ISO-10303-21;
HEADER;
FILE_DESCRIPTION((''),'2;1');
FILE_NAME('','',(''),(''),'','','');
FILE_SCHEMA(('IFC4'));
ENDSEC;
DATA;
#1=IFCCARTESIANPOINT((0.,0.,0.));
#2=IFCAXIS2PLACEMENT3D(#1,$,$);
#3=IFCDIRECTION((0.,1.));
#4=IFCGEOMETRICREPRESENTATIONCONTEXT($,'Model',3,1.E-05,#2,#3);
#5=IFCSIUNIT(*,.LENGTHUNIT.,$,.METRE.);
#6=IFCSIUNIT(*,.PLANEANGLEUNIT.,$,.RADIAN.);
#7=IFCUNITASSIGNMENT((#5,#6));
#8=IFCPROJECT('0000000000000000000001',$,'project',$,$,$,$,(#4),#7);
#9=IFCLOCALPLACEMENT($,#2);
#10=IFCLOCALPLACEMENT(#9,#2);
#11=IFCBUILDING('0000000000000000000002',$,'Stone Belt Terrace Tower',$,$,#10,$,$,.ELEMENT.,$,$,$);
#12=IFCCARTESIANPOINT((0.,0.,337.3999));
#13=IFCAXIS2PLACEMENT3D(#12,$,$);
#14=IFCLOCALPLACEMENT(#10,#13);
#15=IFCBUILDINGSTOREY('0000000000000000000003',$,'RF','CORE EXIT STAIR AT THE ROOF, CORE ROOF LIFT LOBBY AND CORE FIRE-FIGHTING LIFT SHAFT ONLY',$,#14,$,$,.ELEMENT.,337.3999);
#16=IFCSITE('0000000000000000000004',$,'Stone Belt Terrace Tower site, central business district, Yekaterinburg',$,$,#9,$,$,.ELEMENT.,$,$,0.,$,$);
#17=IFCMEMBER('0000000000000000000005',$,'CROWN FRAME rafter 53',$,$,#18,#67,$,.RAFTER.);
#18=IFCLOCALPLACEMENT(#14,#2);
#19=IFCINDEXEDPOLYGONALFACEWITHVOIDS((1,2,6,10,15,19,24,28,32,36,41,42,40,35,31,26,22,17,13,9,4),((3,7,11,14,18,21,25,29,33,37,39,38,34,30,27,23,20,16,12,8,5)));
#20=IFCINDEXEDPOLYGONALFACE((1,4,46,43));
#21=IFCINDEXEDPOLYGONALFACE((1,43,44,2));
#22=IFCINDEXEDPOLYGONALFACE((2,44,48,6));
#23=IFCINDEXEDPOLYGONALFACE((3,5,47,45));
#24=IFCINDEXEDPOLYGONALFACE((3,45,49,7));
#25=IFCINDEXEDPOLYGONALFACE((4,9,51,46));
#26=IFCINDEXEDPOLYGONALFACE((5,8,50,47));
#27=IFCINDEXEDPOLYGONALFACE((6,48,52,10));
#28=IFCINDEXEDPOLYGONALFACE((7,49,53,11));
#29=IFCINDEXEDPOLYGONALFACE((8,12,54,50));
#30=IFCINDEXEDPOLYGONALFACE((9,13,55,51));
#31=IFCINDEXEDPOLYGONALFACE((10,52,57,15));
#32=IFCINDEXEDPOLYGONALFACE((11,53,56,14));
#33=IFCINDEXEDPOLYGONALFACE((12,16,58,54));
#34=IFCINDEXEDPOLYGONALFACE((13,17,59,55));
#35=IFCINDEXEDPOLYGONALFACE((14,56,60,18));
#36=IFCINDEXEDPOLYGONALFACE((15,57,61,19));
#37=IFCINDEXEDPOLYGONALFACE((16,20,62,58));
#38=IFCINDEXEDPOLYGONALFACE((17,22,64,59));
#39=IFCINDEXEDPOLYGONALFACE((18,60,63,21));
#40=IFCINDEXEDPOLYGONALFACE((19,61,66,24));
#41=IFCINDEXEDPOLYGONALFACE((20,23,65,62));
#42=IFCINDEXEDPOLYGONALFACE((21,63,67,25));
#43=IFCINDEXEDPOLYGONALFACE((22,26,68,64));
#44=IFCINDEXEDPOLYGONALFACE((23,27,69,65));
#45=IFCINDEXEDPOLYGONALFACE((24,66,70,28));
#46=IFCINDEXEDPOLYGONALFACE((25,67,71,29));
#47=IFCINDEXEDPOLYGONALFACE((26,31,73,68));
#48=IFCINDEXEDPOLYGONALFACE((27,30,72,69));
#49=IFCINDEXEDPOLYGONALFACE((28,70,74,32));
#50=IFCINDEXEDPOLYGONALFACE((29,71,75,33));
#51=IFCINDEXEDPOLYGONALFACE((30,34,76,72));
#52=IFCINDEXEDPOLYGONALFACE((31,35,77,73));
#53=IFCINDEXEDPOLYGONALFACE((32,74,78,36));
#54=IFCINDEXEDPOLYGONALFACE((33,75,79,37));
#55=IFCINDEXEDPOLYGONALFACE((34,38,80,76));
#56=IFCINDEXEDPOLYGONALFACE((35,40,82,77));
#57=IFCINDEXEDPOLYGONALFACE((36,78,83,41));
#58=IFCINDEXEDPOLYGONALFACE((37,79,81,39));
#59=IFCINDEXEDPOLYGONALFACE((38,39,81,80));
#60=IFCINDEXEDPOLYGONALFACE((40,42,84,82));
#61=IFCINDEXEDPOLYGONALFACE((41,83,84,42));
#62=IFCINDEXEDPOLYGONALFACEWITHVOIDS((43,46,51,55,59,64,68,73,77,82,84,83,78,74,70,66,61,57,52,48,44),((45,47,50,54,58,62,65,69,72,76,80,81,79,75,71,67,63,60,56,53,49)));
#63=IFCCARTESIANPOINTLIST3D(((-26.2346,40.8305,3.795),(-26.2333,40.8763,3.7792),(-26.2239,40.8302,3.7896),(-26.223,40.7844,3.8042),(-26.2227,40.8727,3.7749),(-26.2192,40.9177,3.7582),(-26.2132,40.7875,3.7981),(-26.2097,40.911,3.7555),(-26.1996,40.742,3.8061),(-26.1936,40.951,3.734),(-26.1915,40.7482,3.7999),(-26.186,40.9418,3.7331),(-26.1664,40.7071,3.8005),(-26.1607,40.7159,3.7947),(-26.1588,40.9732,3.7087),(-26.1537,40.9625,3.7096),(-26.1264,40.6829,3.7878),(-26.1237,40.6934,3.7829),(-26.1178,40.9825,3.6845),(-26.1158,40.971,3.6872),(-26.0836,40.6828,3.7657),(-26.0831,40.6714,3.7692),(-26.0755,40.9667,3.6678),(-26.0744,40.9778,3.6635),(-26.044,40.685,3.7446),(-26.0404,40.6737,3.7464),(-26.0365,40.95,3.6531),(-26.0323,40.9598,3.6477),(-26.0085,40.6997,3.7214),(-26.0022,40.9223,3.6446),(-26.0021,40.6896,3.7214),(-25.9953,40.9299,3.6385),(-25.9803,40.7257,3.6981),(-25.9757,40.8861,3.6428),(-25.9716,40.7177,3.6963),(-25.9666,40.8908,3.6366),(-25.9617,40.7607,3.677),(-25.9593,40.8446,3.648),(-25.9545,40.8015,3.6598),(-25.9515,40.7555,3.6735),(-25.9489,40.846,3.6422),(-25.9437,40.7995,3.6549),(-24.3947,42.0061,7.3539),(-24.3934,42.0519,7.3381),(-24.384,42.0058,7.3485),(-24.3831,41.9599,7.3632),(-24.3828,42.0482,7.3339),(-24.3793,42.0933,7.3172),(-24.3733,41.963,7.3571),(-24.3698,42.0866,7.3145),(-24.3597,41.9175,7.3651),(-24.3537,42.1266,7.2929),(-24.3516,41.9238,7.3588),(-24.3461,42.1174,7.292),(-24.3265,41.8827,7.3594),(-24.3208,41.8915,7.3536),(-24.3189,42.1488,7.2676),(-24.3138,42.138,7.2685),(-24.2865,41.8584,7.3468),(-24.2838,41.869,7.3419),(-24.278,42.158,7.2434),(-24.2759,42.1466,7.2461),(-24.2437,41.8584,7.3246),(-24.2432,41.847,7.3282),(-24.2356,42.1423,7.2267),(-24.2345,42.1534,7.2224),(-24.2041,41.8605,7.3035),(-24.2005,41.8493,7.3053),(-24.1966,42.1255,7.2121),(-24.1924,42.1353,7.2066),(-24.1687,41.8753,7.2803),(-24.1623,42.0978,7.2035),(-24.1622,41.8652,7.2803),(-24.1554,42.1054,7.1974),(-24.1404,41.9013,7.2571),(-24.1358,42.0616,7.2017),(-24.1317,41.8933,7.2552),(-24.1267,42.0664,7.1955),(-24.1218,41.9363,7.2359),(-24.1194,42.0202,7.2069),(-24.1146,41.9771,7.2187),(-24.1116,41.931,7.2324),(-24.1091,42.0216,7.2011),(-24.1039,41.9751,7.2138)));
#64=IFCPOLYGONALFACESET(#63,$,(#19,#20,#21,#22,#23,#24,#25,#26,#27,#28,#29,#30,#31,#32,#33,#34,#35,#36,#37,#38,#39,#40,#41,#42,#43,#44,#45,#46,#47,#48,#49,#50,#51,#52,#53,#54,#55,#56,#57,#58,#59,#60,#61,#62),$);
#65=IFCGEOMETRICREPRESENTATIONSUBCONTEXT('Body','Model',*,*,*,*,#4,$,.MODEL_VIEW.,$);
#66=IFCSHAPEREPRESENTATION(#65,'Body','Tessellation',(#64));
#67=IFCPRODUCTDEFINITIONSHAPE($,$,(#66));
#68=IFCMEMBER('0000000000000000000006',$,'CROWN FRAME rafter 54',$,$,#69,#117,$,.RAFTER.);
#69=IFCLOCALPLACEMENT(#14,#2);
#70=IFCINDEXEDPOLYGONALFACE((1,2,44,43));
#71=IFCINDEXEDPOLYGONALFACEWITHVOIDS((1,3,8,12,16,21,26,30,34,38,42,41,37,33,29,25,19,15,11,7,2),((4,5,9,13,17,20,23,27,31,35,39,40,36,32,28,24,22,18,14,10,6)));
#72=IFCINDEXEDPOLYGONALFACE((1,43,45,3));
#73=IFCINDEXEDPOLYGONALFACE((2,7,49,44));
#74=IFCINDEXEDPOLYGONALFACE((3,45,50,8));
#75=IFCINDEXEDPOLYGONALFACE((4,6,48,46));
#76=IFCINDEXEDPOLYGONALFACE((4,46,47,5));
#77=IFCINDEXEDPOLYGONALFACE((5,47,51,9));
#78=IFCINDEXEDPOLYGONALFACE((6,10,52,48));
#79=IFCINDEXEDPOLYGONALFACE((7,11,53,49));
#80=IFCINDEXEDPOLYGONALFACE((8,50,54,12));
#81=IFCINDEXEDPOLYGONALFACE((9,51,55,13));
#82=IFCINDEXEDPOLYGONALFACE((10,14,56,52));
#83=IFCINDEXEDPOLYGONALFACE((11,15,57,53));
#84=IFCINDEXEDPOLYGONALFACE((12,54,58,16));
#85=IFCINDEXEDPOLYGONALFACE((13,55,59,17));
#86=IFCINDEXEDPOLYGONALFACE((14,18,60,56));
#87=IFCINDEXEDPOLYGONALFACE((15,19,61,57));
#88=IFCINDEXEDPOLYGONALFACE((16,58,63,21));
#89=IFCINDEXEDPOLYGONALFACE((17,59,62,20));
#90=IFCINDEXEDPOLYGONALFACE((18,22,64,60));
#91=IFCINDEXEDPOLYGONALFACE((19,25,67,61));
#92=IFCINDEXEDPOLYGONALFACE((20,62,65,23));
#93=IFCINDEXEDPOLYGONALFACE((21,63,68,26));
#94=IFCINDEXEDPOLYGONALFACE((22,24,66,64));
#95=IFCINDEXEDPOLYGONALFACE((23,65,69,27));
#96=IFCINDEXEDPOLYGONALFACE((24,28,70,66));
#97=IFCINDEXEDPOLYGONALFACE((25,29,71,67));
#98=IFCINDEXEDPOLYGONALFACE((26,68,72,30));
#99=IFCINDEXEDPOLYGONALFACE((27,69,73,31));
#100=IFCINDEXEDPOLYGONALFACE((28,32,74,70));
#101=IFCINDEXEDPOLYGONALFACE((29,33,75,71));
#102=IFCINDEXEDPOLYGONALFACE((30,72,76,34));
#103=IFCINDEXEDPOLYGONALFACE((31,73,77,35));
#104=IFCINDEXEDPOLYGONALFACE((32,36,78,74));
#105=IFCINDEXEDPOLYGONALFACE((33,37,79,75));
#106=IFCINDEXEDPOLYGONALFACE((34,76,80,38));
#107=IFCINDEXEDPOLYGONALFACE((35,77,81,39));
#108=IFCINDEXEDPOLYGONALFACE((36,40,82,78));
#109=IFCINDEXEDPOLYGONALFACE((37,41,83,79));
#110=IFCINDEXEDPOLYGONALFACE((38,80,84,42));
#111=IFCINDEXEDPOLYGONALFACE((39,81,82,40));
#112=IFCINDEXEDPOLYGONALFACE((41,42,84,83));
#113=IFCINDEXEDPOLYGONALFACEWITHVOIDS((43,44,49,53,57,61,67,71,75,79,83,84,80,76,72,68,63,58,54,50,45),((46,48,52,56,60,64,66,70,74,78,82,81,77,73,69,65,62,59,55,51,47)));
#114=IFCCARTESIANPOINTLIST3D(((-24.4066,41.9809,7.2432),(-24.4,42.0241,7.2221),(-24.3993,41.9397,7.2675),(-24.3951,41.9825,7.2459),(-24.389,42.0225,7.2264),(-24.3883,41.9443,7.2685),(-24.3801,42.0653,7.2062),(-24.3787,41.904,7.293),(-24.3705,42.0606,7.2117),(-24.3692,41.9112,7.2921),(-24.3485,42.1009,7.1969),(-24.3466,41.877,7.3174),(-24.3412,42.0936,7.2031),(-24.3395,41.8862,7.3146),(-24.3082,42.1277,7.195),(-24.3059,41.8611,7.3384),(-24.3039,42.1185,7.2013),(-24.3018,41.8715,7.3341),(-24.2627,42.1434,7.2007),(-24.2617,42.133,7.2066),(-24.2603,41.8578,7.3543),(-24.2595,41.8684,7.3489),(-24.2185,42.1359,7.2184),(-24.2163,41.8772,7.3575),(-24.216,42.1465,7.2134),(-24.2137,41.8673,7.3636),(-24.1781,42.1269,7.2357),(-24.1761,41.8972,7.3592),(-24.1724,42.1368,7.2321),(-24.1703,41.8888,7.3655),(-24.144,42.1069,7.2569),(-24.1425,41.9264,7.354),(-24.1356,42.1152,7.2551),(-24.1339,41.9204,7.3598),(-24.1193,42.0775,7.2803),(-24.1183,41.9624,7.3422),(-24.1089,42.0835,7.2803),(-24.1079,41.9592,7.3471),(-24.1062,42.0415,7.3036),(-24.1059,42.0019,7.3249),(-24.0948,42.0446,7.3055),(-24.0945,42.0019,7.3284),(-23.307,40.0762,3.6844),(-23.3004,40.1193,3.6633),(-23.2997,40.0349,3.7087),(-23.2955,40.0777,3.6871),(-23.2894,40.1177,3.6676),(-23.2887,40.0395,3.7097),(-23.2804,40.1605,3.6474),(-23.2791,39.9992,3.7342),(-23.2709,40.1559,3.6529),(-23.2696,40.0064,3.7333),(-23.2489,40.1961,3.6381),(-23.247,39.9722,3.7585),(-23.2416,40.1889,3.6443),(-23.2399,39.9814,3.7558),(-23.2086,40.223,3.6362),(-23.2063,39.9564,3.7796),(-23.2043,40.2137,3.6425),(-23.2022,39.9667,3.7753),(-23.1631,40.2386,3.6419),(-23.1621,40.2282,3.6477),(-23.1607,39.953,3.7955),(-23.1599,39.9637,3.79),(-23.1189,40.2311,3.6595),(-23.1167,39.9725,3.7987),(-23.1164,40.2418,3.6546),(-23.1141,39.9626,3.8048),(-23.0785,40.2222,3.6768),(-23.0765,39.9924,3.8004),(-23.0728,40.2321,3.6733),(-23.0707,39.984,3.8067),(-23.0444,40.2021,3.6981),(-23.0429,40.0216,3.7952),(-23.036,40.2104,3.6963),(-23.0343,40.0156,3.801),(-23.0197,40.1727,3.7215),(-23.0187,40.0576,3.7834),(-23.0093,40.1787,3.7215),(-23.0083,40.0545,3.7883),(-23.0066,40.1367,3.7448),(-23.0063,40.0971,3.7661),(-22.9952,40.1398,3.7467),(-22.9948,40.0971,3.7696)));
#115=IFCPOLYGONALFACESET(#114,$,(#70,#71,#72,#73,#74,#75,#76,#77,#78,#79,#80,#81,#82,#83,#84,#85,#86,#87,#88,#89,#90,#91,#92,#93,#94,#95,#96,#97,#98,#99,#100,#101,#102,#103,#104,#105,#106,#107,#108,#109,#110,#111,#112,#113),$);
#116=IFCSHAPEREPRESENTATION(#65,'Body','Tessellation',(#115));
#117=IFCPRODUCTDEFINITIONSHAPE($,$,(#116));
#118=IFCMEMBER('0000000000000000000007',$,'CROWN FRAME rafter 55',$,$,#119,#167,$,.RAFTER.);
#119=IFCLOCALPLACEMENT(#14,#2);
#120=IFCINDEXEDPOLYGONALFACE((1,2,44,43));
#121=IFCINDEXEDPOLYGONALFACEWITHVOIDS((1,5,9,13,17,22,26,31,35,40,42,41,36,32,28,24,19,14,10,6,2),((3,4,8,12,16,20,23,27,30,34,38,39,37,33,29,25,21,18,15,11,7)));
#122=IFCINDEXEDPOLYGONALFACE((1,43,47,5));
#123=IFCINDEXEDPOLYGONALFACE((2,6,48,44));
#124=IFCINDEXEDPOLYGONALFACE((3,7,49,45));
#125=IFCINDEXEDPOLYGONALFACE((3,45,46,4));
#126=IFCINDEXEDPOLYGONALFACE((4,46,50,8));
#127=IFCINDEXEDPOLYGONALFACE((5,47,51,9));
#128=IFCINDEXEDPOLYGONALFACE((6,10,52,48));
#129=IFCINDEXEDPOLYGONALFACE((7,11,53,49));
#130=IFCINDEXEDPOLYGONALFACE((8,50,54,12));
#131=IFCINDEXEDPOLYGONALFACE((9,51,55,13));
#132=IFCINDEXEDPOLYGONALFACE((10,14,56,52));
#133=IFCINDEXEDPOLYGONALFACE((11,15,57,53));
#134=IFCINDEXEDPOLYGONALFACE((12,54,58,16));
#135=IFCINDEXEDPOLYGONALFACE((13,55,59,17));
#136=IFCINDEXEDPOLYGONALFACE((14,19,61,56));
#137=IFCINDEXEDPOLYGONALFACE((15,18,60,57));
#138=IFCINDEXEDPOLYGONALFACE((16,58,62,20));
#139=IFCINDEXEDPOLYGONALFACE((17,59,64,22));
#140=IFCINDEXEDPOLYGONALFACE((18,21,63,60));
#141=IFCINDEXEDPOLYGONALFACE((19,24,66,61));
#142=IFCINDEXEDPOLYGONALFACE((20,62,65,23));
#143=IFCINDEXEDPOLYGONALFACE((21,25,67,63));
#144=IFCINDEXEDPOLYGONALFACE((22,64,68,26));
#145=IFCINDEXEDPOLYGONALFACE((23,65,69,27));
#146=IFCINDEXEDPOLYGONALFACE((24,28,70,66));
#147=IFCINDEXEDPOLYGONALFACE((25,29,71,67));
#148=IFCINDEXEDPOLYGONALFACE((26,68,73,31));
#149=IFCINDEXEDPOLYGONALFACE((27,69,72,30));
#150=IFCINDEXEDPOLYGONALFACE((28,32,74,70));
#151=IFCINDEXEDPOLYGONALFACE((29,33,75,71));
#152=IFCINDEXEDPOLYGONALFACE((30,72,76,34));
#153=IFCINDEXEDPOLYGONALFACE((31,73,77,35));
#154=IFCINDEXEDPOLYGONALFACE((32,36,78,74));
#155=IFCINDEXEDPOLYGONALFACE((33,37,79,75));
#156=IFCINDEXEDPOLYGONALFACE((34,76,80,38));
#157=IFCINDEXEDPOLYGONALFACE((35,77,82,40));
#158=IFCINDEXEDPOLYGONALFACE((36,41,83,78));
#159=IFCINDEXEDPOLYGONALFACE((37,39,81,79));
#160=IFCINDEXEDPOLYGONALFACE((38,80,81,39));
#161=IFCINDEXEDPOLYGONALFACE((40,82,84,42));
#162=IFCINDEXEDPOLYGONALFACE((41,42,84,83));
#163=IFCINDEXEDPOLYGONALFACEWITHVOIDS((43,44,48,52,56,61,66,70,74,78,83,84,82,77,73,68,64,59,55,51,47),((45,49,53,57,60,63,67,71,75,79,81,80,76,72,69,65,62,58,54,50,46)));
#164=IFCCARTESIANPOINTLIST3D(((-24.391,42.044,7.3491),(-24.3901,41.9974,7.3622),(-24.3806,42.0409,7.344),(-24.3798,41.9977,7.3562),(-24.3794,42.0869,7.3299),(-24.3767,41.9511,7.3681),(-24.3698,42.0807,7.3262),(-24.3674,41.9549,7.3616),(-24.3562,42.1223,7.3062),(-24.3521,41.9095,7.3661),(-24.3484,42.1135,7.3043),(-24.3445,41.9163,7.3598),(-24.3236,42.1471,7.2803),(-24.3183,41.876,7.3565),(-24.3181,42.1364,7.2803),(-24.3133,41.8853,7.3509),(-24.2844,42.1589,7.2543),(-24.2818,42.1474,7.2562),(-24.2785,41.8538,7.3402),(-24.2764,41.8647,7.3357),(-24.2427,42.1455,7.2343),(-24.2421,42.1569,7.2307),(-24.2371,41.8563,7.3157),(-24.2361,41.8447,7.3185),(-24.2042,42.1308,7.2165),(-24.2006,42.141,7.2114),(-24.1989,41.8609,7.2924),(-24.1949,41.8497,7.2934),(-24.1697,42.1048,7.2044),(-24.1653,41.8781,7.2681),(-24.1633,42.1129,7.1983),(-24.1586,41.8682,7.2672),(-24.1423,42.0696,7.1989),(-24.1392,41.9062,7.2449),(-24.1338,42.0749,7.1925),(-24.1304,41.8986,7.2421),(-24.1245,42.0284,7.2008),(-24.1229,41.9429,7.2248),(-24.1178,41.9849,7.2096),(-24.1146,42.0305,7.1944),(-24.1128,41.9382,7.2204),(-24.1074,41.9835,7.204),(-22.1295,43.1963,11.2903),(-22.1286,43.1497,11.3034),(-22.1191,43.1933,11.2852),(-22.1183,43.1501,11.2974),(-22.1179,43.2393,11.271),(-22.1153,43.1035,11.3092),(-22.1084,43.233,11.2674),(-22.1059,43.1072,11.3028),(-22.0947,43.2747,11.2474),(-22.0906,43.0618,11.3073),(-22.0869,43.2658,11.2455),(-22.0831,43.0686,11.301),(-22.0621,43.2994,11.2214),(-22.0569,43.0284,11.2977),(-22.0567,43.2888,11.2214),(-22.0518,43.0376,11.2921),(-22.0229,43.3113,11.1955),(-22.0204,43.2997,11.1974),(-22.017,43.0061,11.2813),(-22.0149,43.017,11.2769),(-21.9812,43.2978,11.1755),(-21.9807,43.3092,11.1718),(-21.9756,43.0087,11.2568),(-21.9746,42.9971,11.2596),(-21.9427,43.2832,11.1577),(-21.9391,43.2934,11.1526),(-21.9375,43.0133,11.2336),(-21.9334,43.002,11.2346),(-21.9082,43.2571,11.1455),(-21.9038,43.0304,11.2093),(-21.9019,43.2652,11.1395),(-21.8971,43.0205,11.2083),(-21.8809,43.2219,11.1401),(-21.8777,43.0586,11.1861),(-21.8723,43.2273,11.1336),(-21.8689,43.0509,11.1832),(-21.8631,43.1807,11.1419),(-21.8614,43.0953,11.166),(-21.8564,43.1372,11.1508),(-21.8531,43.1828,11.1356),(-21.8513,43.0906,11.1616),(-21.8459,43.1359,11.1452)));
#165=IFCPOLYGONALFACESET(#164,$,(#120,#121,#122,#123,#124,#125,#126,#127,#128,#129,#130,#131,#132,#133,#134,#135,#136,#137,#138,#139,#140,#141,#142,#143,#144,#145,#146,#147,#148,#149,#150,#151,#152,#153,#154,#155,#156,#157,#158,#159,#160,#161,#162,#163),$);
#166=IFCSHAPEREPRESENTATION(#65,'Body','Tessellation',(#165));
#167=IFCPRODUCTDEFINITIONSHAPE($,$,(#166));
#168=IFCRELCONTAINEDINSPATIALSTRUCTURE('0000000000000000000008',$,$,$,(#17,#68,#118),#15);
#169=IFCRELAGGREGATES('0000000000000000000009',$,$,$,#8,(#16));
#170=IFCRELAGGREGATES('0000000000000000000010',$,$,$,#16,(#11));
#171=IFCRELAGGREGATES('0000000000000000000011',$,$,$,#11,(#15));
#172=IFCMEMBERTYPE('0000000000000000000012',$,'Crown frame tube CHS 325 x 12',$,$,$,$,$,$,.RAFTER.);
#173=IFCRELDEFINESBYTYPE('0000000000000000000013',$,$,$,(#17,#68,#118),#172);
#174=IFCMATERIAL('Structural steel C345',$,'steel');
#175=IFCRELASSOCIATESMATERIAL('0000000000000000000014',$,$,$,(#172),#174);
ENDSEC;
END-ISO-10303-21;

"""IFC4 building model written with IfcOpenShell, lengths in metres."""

from ifc_helpers import new_model, si_unit, direction, frame, origin, origin_2d, place, context, subcontext, project, spatial, hollow_circle, extrude, material, material_profile, profile_set, type_object, element, save


model = new_model("IFC4")

# Units and contexts
model_context = context("Model", 3, precision=1e-05, world=origin(), true_north=direction((0.0, 1.0)))
body_context = subcontext(model_context, "Body", "Model", "MODEL_VIEW")
ifc_project = project(units=[si_unit("LENGTHUNIT", "METRE"), si_unit("PLANEANGLEUNIT", "RADIAN")], contexts=[model_context])

# Site, building, storey
site_placement = place(None, origin())
site = spatial("IfcSite", under=ifc_project, at=site_placement, Name="Stone Belt Terrace Tower site, central business district, Yekaterinburg", CompositionType="ELEMENT", RefElevation=0.0)
building_placement = place(site_placement, origin())
building = spatial("IfcBuilding", under=site, at=building_placement, Name="Stone Belt Terrace Tower", CompositionType="ELEMENT")
storey_placement = place(building_placement, frame((0.0, 0.0, 337.3999)))
storey = spatial("IfcBuildingStorey", under=building, at=storey_placement, Name="RF", Description="CORE EXIT STAIR AT THE ROOF, CORE ROOF LIFT LOBBY AND CORE FIRE-FIGHTING LIFT SHAFT ONLY", CompositionType="ELEMENT", Elevation=337.3999)

# Members
ifc_material_1 = material(Name="Structural steel C345", Category="steel")
ifc_material_profile_1 = material_profile(ifc_material_1, hollow_circle(Radius=0.1626, WallThickness=0.012, at=origin_2d()), Name="Structural steel C345 CHS 325x12")
ifc_profile_set_1 = profile_set([ifc_material_profile_1], Name="Structural steel C345")
member_type_1 = type_object("IfcMemberType", Name="Crown frame tube CHS 325 x 12", PredefinedType="RAFTER", material=ifc_profile_set_1)
member_1_placement = place(storey_placement, frame((-24.2498, 42.0022, 7.2803), z_axis=(-0.440661, -0.281553, -0.852377), x_axis=(0.538416, -0.842679, 0.0)))
element("IfcMember", 1, at=member_1_placement, inside=storey, type_object=member_type_1, Name="CROWN FRAME rafter 53", PredefinedType="RAFTER", context=body_context, shape_type="SweptSolid", body=[
    extrude(hollow_circle(Radius=0.1626, WallThickness=0.012, at=origin_2d()), origin(), (0.0, 0.0, 1.0), 4.1753),
])
member_2_placement = place(storey_placement, frame((-24.2498, 42.0022, 7.2803), z_axis=(0.262837, -0.455296, -0.85066), x_axis=(0.866049, 0.499959, 0.0)))
element("IfcMember", 2, at=member_2_placement, inside=storey, type_object=member_type_1, Name="CROWN FRAME rafter 54", PredefinedType="RAFTER", context=body_context, shape_type="SweptSolid", body=[
    extrude(hollow_circle(Radius=0.1626, WallThickness=0.012, at=origin_2d()), origin(), (0.0, 0.0, 1.0), 4.1836),
])
member_3_placement = place(storey_placement, frame((-24.2498, 42.0022, 7.2803), z_axis=(0.482423, 0.245821, 0.840738), x_axis=(-0.454011, 0.890996, 0.0)))
element("IfcMember", 3, at=member_3_placement, inside=storey, type_object=member_type_1, Name="CROWN FRAME rafter 55", PredefinedType="RAFTER", context=body_context, shape_type="SweptSolid", body=[
    extrude(hollow_circle(Radius=0.1626, WallThickness=0.012, at=origin_2d()), origin(), (0.0, 0.0, 1.0), 4.6877),
])

save(model, "model.ifc")
